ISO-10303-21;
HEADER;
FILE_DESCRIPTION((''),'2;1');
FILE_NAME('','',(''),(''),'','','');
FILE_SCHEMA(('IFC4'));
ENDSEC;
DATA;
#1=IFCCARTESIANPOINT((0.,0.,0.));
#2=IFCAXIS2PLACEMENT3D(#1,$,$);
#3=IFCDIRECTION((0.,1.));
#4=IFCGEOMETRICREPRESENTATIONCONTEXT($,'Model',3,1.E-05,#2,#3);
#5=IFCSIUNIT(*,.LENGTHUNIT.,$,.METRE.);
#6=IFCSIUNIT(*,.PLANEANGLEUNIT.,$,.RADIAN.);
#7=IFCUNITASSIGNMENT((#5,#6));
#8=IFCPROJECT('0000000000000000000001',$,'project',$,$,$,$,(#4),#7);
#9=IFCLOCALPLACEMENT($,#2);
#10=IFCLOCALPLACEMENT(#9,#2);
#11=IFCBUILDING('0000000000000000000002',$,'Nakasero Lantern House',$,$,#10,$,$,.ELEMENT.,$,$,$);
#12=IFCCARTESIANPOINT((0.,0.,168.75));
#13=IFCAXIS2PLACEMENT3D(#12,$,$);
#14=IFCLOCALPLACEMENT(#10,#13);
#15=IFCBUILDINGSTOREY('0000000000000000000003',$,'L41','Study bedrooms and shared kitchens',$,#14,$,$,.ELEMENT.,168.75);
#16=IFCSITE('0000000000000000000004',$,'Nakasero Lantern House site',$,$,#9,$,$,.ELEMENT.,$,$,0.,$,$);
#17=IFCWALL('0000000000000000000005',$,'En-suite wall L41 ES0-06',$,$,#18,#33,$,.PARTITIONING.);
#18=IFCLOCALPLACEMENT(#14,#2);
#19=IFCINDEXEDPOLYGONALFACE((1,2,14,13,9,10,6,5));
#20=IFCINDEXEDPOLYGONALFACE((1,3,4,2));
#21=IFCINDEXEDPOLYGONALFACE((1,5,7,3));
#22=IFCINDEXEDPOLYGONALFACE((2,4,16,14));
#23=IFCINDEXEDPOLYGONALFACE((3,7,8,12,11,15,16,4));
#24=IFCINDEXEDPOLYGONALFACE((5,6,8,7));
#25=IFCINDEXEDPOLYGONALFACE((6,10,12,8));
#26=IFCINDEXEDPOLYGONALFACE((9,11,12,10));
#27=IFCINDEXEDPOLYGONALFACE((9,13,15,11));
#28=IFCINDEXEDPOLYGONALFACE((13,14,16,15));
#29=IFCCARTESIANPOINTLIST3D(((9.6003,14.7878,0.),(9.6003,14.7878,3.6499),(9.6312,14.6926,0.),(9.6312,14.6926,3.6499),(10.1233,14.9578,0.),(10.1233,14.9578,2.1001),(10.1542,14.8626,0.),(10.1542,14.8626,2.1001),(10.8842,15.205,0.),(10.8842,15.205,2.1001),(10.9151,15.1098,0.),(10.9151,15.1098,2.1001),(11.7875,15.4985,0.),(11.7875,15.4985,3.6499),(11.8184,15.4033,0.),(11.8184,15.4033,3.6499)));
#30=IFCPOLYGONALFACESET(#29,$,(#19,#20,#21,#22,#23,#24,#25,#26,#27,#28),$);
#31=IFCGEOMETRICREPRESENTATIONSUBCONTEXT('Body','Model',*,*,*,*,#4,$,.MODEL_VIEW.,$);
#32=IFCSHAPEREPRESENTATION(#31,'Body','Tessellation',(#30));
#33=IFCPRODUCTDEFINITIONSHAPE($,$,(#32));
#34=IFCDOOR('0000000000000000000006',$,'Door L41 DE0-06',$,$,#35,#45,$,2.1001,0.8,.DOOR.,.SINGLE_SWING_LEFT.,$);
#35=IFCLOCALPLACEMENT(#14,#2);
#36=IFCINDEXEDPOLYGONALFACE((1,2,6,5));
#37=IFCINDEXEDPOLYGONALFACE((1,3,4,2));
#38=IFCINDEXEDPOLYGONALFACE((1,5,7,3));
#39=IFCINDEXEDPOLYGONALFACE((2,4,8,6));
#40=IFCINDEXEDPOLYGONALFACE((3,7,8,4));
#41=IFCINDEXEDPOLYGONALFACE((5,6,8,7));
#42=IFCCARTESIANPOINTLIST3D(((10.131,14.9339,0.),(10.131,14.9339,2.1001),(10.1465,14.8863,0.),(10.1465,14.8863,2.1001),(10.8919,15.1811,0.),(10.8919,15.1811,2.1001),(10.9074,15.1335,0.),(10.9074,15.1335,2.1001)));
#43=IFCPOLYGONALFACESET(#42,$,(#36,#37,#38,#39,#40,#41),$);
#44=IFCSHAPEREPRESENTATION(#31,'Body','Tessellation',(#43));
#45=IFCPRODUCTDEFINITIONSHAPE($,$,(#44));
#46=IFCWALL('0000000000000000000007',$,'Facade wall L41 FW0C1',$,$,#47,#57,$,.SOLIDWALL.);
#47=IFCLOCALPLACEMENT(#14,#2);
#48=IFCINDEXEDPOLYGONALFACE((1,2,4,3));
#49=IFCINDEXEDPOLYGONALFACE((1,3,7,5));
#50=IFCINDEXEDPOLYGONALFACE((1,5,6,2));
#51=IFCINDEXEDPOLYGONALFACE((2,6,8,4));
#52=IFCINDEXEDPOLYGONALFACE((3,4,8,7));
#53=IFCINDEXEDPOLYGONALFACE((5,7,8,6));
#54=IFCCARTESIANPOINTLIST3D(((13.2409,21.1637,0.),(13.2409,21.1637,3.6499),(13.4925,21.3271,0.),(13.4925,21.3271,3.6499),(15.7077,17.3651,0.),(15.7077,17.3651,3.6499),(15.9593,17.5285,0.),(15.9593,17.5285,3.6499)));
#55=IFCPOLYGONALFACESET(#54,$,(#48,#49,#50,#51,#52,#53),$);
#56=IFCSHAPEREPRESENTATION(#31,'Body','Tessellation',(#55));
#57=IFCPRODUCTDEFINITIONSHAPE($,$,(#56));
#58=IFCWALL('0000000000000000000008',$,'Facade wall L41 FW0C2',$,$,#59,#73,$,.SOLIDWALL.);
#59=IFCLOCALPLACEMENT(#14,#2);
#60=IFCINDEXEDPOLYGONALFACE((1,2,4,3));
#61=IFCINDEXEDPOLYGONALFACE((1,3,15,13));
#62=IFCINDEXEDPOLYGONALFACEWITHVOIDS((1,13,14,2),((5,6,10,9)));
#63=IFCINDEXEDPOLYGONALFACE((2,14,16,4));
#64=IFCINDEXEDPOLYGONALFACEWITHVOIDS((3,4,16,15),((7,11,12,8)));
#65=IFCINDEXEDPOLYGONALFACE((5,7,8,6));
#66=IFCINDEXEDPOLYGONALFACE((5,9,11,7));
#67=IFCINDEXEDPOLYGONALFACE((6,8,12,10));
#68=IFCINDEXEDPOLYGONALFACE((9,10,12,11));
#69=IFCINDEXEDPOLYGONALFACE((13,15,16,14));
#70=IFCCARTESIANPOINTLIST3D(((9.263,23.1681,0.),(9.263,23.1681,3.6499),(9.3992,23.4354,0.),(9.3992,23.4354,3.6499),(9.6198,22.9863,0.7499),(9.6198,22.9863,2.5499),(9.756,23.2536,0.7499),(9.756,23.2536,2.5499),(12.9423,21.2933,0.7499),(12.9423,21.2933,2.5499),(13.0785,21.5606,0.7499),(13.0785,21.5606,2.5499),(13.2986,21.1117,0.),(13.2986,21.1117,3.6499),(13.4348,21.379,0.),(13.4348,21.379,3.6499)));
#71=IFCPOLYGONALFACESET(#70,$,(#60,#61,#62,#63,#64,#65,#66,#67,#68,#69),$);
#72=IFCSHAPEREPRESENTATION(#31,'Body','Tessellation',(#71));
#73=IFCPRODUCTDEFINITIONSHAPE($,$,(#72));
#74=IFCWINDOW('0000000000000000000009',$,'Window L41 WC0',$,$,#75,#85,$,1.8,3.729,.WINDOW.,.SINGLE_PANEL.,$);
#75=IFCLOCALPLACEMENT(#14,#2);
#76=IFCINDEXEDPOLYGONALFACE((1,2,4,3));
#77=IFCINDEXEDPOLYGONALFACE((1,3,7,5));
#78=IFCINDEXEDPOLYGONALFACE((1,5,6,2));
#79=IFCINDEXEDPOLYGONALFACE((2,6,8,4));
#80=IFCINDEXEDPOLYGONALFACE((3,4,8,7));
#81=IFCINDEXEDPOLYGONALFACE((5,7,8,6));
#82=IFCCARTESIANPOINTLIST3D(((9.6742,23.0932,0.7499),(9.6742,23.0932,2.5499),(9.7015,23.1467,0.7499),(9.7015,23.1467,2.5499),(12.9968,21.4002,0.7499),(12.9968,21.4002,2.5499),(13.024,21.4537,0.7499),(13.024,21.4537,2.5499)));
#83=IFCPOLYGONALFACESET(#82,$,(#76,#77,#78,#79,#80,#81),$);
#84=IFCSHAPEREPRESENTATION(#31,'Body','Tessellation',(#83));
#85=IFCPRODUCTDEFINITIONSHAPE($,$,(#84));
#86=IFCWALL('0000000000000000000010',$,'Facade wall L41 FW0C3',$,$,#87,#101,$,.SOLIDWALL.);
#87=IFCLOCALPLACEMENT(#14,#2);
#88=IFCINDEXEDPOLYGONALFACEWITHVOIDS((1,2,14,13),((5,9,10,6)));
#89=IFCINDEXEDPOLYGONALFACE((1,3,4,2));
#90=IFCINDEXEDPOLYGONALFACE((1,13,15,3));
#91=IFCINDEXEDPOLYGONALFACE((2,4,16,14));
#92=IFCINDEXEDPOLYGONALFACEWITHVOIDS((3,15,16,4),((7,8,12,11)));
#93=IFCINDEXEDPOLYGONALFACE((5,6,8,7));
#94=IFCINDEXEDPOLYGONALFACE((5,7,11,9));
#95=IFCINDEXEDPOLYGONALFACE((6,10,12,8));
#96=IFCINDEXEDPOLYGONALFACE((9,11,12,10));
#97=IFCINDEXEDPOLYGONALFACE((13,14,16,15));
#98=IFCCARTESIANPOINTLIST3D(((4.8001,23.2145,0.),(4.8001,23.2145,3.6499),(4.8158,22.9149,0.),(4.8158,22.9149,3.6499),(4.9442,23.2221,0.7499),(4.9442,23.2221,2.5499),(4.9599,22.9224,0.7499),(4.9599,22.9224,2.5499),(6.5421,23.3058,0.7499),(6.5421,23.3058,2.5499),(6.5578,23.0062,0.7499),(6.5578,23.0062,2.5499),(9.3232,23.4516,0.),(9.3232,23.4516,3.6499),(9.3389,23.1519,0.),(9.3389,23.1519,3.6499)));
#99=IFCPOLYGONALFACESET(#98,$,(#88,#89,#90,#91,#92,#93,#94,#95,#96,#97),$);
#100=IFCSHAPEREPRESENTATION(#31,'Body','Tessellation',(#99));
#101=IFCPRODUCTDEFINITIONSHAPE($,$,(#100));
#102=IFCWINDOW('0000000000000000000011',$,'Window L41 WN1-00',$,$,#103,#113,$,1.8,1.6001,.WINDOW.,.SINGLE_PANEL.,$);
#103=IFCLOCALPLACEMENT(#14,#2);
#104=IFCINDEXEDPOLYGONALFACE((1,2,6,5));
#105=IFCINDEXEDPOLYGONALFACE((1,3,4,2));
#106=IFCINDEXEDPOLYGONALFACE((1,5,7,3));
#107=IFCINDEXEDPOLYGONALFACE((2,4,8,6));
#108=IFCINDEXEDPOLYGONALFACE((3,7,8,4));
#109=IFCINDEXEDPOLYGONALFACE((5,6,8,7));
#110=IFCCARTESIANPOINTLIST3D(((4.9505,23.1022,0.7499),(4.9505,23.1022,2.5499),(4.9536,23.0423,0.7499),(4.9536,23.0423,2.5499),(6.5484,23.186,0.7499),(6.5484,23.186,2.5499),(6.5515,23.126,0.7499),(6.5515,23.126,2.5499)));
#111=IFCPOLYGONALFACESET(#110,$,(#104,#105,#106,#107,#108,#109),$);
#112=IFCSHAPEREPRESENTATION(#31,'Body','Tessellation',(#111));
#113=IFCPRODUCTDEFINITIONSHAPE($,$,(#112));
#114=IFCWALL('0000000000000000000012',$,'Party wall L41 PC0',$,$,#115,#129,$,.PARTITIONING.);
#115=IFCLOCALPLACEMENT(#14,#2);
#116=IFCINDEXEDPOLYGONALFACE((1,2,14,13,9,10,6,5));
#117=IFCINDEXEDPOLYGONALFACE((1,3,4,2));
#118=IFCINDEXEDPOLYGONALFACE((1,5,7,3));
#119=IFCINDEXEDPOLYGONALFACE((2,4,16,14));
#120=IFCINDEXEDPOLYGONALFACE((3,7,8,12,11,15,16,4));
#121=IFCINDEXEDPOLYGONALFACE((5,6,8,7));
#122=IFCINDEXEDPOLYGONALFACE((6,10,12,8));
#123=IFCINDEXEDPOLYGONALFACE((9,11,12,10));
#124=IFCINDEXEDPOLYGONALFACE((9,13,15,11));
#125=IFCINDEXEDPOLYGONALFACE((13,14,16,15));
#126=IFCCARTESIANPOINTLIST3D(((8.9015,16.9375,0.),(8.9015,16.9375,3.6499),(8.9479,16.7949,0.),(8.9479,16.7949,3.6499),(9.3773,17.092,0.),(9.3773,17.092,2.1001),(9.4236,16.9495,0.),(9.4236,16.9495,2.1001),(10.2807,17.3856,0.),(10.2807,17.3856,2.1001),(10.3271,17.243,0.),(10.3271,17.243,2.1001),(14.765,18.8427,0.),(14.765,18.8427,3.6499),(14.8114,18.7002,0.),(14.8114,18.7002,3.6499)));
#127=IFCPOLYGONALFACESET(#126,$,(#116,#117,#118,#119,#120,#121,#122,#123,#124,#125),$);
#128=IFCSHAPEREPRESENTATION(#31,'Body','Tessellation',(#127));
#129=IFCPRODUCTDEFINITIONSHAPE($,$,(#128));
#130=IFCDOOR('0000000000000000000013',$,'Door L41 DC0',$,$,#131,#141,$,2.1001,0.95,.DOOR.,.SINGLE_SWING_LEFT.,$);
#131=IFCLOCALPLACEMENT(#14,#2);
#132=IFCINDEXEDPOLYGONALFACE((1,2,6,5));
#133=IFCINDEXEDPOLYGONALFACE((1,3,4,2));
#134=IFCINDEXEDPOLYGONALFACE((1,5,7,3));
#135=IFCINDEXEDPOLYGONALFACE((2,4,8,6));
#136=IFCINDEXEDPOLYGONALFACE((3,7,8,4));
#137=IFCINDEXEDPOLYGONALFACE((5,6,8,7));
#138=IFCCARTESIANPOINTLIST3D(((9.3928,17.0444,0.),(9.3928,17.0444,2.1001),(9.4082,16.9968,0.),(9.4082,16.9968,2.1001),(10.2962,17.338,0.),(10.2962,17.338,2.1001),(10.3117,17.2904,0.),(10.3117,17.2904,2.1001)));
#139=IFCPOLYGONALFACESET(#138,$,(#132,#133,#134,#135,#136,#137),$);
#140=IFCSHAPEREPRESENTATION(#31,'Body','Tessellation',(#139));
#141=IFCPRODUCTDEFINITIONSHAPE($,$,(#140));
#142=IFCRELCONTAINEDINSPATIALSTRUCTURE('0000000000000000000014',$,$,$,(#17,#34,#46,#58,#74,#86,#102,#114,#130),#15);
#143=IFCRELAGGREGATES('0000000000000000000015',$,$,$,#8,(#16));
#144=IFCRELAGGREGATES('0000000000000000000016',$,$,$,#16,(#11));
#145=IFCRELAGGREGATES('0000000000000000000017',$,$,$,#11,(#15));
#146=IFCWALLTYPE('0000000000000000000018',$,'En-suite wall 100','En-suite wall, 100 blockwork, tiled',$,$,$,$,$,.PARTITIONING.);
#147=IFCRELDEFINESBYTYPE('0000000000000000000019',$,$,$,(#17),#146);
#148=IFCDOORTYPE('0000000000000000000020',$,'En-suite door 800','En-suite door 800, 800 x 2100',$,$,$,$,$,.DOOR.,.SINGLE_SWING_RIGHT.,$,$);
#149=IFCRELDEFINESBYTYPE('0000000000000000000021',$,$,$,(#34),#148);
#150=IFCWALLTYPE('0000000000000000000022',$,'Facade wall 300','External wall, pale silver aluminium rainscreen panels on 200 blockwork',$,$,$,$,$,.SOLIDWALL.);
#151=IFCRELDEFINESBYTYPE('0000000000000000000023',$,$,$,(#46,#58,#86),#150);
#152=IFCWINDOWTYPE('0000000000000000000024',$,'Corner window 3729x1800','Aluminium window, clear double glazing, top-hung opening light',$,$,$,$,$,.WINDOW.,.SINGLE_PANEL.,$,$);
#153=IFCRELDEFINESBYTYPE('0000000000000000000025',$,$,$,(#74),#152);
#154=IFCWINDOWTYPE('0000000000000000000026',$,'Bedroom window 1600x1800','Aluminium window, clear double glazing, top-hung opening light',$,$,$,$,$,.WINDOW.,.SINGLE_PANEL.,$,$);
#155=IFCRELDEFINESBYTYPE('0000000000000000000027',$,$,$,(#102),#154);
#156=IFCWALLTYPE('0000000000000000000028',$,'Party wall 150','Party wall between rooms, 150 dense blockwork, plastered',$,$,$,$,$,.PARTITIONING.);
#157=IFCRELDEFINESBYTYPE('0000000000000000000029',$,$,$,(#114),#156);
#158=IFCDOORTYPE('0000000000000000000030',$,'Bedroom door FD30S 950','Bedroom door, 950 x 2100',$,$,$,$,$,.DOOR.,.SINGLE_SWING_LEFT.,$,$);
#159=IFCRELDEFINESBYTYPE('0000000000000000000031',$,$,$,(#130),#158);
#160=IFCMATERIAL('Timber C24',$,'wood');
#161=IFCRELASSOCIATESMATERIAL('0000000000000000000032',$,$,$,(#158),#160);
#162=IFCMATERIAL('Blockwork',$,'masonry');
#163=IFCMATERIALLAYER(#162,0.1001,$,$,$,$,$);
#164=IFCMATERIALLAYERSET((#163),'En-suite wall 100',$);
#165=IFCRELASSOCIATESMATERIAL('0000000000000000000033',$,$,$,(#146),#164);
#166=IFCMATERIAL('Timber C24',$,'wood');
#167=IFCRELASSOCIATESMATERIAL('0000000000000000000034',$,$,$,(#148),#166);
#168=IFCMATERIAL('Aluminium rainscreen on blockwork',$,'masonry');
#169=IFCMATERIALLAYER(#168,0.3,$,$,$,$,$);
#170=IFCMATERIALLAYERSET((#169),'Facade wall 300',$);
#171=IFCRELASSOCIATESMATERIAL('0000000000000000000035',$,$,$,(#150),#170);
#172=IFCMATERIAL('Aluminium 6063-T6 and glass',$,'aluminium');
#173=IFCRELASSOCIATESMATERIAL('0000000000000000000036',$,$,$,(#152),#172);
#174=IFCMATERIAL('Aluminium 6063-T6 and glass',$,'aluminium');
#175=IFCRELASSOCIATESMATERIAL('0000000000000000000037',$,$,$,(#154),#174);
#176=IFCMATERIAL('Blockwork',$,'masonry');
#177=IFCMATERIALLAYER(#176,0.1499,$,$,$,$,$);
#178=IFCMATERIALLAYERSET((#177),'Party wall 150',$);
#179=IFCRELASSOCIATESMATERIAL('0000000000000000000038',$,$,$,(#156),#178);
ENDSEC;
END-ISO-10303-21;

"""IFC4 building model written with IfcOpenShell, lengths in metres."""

from ifc_helpers import new_model, si_unit, direction, frame, frame_2d, origin, place, context, subcontext, project, spatial, rectangle, extrude, material, layer, layer_set, type_object, element, fill, save


model = new_model("IFC4")

# Units and contexts
model_context = context("Model", 3, precision=1e-05, world=origin(), true_north=direction((0.0, 1.0)))
body_context = subcontext(model_context, "Body", "Model", "MODEL_VIEW")
ifc_project = project(units=[si_unit("LENGTHUNIT", "METRE"), si_unit("PLANEANGLEUNIT", "RADIAN")], contexts=[model_context])

# Site, building, storey
site_placement = place(None, origin())
site = spatial("IfcSite", under=ifc_project, at=site_placement, Name="Nakasero Lantern House site", CompositionType="ELEMENT", RefElevation=0.0)
building_placement = place(site_placement, origin())
building = spatial("IfcBuilding", under=site, at=building_placement, Name="Nakasero Lantern House", CompositionType="ELEMENT")
storey_placement = place(building_placement, frame((0.0, 0.0, 168.75)))
storey = spatial("IfcBuildingStorey", under=building, at=storey_placement, Name="L41", Description="Study bedrooms and shared kitchens", CompositionType="ELEMENT", Elevation=168.75)

# Shared definitions
ifc_material_1 = material(Name="Timber C24", Category="wood")
door_type_1 = type_object("IfcDoorType", Name="Bedroom door FD30S 950", Description="Bedroom door, 950 x 2100", OperationType="SINGLE_SWING_LEFT", PredefinedType="DOOR", material=ifc_material_1)

# Wall, opening, door
ifc_material_2 = material(Name="Blockwork", Category="masonry")
ifc_layer_1 = layer(ifc_material_2, 0.1001)
ifc_layer_set_1 = layer_set([ifc_layer_1], Name="En-suite wall 100")
wall_type_1 = type_object("IfcWallType", Name="En-suite wall 100", Description="En-suite wall, 100 blockwork, tiled", PredefinedType="PARTITIONING", material=ifc_layer_set_1)
wall_1_placement = place(storey_placement, frame((9.6157, 14.7402, 0.0), z_axis=(0.0, 0.0, 1.0), x_axis=(0.951055, 0.309021, 0.0)))
wall_1 = element("IfcWall", 1, at=wall_1_placement, inside=storey, type_object=wall_type_1, Name="En-suite wall L41 ES0-06", PredefinedType="PARTITIONING", context=body_context, shape_type="SweptSolid", body=[
    extrude(rectangle(XDim=2.2998, YDim=0.1001, at=frame_2d((1.1499, 0.0))), origin(), (0.0, 0.0, 1.0), 3.6499),
])
opening_1_placement = place(wall_1_placement, frame((0.55, 0.0, 0.0)))
opening_1 = element("IfcOpeningElement", 2, at=opening_1_placement, cuts=wall_1, PredefinedType="OPENING", context=body_context, shape_type="SweptSolid", body=[
    extrude(rectangle(XDim=0.8, YDim=2.1001, at=frame_2d((0.3999, 1.05))), frame((0.0, 0.0701, 0.0), z_axis=(0.0, -1.0, 0.0), x_axis=(1.0, 0.0, 0.0)), (0.0, 0.0, 1.0), 0.1401),
])
ifc_material_3 = material(Name="Timber C24", Category="wood")
door_type_2 = type_object("IfcDoorType", Name="En-suite door 800", Description="En-suite door 800, 800 x 2100", OperationType="SINGLE_SWING_RIGHT", PredefinedType="DOOR", material=ifc_material_3)
door_1_placement = place(opening_1_placement, origin())
door_1 = element("IfcDoor", 3, at=door_1_placement, inside=storey, type_object=door_type_2, Name="Door L41 DE0-06", OperationType="SINGLE_SWING_LEFT", OverallHeight=2.1001, OverallWidth=0.8, PredefinedType="DOOR", context=body_context, shape_type="SweptSolid", body=[
    extrude(rectangle(XDim=0.8, YDim=2.1001, at=frame_2d((0.3999, 1.05))), frame((0.0, 0.0249, 0.0), z_axis=(0.0, -1.0, 0.0), x_axis=(1.0, 0.0, 0.0)), (0.0, 0.0, 1.0), 0.05),
])
fill(opening_1, door_1)

# Wall
ifc_material_4 = material(Name="Aluminium rainscreen on blockwork", Category="masonry")
ifc_layer_2 = layer(ifc_material_4, 0.3)
ifc_layer_set_2 = layer_set([ifc_layer_2], Name="Facade wall 300")
wall_type_2 = type_object("IfcWallType", Name="Facade wall 300", Description="External wall, pale silver aluminium rainscreen panels on 200 blockwork", PredefinedType="SOLIDWALL", material=ifc_layer_set_2)
wall_2_placement = place(storey_placement, frame((15.8335, 17.4468, 0.0), z_axis=(0.0, 0.0, 1.0), x_axis=(-0.544634, 0.838674, 0.0)))
element("IfcWall", 4, at=wall_2_placement, inside=storey, type_object=wall_type_2, Name="Facade wall L41 FW0C1", PredefinedType="SOLIDWALL", context=body_context, shape_type="SweptSolid", body=[
    extrude(rectangle(XDim=4.5293, YDim=0.3, at=frame_2d((2.2646, 0.0))), origin(), (0.0, 0.0, 1.0), 3.6499),
])

# Walls, openings, windows
wall_3_placement = place(storey_placement, frame((13.3667, 21.2454, 0.0), z_axis=(0.0, 0.0, 1.0), x_axis=(-0.890995, 0.454014, 0.0)))
wall_3 = element("IfcWall", 5, at=wall_3_placement, inside=storey, type_object=wall_type_2, Name="Facade wall L41 FW0C2", PredefinedType="SOLIDWALL", context=body_context, shape_type="SweptSolid", body=[
    extrude(rectangle(XDim=4.5293, YDim=0.3, at=frame_2d((2.2646, 0.0))), origin(), (0.0, 0.0, 1.0), 3.6499),
])
opening_2_placement = place(wall_3_placement, frame((0.3999, 0.0, 0.75)))
opening_2 = element("IfcOpeningElement", 6, at=opening_2_placement, cuts=wall_3, PredefinedType="OPENING", context=body_context, shape_type="SweptSolid", body=[
    extrude(rectangle(XDim=3.729, YDim=1.8, at=frame_2d((1.8645, 0.8999))), frame((0.0, 0.1699, 0.0), z_axis=(0.0, -1.0, 0.0), x_axis=(1.0, 0.0, 0.0)), (0.0, 0.0, 1.0), 0.3401),
])
ifc_material_5 = material(Name="Aluminium 6063-T6 and glass", Category="aluminium")
window_type_1 = type_object("IfcWindowType", Name="Corner window 3729x1800", Description="Aluminium window, clear double glazing, top-hung opening light", PartitioningType="SINGLE_PANEL", PredefinedType="WINDOW", material=ifc_material_5)
window_1_placement = place(opening_2_placement, origin())
window_1 = element("IfcWindow", 7, at=window_1_placement, inside=storey, type_object=window_type_1, Name="Window L41 WC0", OverallHeight=1.8, OverallWidth=3.729, PartitioningType="SINGLE_PANEL", PredefinedType="WINDOW", context=body_context, shape_type="SweptSolid", body=[
    extrude(rectangle(XDim=3.729, YDim=1.8, at=frame_2d((1.8645, 0.8999))), frame((0.0, 0.03, 0.0), z_axis=(0.0, -1.0, 0.0), x_axis=(1.0, 0.0, 0.0)), (0.0, 0.0, 1.0), 0.0601),
])
fill(opening_2, window_1)
wall_4_placement = place(storey_placement, frame((9.3311, 23.3018, 0.0), z_axis=(0.0, 0.0, 1.0), x_axis=(-0.998629, -0.052338, 0.0)))
wall_4 = element("IfcWall", 8, at=wall_4_placement, inside=storey, type_object=wall_type_2, Name="Facade wall L41 FW0C3", PredefinedType="SOLIDWALL", context=body_context, shape_type="SweptSolid", body=[
    extrude(rectangle(XDim=4.5293, YDim=0.3, at=frame_2d((2.2646, 0.0))), origin(), (0.0, 0.0, 1.0), 3.6499),
])
opening_3_placement = place(wall_4_placement, frame((2.7849, 0.0, 0.75)))
opening_3 = element("IfcOpeningElement", 9, at=opening_3_placement, cuts=wall_4, PredefinedType="OPENING", context=body_context, shape_type="SweptSolid", body=[
    extrude(rectangle(XDim=1.6001, YDim=1.8, at=frame_2d((0.8, 0.8999))), frame((0.0, 0.1699, 0.0), z_axis=(0.0, -1.0, 0.0), x_axis=(1.0, 0.0, 0.0)), (0.0, 0.0, 1.0), 0.3401),
])
ifc_material_6 = material(Name="Aluminium 6063-T6 and glass", Category="aluminium")
window_type_2 = type_object("IfcWindowType", Name="Bedroom window 1600x1800", Description="Aluminium window, clear double glazing, top-hung opening light", PartitioningType="SINGLE_PANEL", PredefinedType="WINDOW", material=ifc_material_6)
window_2_placement = place(opening_3_placement, origin())
window_2 = element("IfcWindow", 10, at=window_2_placement, inside=storey, type_object=window_type_2, Name="Window L41 WN1-00", OverallHeight=1.8, OverallWidth=1.6001, PartitioningType="SINGLE_PANEL", PredefinedType="WINDOW", context=body_context, shape_type="SweptSolid", body=[
    extrude(rectangle(XDim=1.6001, YDim=1.8, at=frame_2d((0.8, 0.8999))), frame((0.0, 0.03, 0.0), z_axis=(0.0, -1.0, 0.0), x_axis=(1.0, 0.0, 0.0)), (0.0, 0.0, 1.0), 0.0601),
])
fill(opening_3, window_2)

# Wall, opening, door
ifc_material_7 = material(Name="Blockwork", Category="masonry")
ifc_layer_3 = layer(ifc_material_7, 0.1499)
ifc_layer_set_3 = layer_set([ifc_layer_3], Name="Party wall 150")
wall_type_3 = type_object("IfcWallType", Name="Party wall 150", Description="Party wall between rooms, 150 dense blockwork, plastered", PredefinedType="PARTITIONING", material=ifc_layer_set_3)
wall_5_placement = place(storey_placement, frame((8.9248, 16.8662, 0.0), z_axis=(0.0, 0.0, 1.0), x_axis=(0.951052, 0.309031, 0.0)))
wall_5 = element("IfcWall", 11, at=wall_5_placement, inside=storey, type_object=wall_type_3, Name="Party wall L41 PC0", PredefinedType="PARTITIONING", context=body_context, shape_type="SweptSolid", body=[
    extrude(rectangle(XDim=6.1653, YDim=0.1499, at=frame_2d((3.0825, 0.0))), origin(), (0.0, 0.0, 1.0), 3.6499),
])
opening_4_placement = place(wall_5_placement, frame((0.5, 0.0, 0.0)))
opening_4 = element("IfcOpeningElement", 12, at=opening_4_placement, cuts=wall_5, PredefinedType="OPENING", context=body_context, shape_type="SweptSolid", body=[
    extrude(rectangle(XDim=0.95, YDim=2.1001, at=frame_2d((0.4751, 1.05))), frame((0.0, 0.095, 0.0), z_axis=(0.0, -1.0, 0.0), x_axis=(1.0, 0.0, 0.0)), (0.0, 0.0, 1.0), 0.1899),
])
door_2_placement = place(opening_4_placement, origin())
door_2 = element("IfcDoor", 13, at=door_2_placement, inside=storey, type_object=door_type_1, Name="Door L41 DC0", OperationType="SINGLE_SWING_LEFT", OverallHeight=2.1001, OverallWidth=0.95, PredefinedType="DOOR", context=body_context, shape_type="SweptSolid", body=[
    extrude(rectangle(XDim=0.95, YDim=2.1001, at=frame_2d((0.4751, 1.05))), frame((0.0, 0.0249, 0.0), z_axis=(0.0, -1.0, 0.0), x_axis=(1.0, 0.0, 0.0)), (0.0, 0.0, 1.0), 0.05),
])
fill(opening_4, door_2)

save(model, "model.ifc")
